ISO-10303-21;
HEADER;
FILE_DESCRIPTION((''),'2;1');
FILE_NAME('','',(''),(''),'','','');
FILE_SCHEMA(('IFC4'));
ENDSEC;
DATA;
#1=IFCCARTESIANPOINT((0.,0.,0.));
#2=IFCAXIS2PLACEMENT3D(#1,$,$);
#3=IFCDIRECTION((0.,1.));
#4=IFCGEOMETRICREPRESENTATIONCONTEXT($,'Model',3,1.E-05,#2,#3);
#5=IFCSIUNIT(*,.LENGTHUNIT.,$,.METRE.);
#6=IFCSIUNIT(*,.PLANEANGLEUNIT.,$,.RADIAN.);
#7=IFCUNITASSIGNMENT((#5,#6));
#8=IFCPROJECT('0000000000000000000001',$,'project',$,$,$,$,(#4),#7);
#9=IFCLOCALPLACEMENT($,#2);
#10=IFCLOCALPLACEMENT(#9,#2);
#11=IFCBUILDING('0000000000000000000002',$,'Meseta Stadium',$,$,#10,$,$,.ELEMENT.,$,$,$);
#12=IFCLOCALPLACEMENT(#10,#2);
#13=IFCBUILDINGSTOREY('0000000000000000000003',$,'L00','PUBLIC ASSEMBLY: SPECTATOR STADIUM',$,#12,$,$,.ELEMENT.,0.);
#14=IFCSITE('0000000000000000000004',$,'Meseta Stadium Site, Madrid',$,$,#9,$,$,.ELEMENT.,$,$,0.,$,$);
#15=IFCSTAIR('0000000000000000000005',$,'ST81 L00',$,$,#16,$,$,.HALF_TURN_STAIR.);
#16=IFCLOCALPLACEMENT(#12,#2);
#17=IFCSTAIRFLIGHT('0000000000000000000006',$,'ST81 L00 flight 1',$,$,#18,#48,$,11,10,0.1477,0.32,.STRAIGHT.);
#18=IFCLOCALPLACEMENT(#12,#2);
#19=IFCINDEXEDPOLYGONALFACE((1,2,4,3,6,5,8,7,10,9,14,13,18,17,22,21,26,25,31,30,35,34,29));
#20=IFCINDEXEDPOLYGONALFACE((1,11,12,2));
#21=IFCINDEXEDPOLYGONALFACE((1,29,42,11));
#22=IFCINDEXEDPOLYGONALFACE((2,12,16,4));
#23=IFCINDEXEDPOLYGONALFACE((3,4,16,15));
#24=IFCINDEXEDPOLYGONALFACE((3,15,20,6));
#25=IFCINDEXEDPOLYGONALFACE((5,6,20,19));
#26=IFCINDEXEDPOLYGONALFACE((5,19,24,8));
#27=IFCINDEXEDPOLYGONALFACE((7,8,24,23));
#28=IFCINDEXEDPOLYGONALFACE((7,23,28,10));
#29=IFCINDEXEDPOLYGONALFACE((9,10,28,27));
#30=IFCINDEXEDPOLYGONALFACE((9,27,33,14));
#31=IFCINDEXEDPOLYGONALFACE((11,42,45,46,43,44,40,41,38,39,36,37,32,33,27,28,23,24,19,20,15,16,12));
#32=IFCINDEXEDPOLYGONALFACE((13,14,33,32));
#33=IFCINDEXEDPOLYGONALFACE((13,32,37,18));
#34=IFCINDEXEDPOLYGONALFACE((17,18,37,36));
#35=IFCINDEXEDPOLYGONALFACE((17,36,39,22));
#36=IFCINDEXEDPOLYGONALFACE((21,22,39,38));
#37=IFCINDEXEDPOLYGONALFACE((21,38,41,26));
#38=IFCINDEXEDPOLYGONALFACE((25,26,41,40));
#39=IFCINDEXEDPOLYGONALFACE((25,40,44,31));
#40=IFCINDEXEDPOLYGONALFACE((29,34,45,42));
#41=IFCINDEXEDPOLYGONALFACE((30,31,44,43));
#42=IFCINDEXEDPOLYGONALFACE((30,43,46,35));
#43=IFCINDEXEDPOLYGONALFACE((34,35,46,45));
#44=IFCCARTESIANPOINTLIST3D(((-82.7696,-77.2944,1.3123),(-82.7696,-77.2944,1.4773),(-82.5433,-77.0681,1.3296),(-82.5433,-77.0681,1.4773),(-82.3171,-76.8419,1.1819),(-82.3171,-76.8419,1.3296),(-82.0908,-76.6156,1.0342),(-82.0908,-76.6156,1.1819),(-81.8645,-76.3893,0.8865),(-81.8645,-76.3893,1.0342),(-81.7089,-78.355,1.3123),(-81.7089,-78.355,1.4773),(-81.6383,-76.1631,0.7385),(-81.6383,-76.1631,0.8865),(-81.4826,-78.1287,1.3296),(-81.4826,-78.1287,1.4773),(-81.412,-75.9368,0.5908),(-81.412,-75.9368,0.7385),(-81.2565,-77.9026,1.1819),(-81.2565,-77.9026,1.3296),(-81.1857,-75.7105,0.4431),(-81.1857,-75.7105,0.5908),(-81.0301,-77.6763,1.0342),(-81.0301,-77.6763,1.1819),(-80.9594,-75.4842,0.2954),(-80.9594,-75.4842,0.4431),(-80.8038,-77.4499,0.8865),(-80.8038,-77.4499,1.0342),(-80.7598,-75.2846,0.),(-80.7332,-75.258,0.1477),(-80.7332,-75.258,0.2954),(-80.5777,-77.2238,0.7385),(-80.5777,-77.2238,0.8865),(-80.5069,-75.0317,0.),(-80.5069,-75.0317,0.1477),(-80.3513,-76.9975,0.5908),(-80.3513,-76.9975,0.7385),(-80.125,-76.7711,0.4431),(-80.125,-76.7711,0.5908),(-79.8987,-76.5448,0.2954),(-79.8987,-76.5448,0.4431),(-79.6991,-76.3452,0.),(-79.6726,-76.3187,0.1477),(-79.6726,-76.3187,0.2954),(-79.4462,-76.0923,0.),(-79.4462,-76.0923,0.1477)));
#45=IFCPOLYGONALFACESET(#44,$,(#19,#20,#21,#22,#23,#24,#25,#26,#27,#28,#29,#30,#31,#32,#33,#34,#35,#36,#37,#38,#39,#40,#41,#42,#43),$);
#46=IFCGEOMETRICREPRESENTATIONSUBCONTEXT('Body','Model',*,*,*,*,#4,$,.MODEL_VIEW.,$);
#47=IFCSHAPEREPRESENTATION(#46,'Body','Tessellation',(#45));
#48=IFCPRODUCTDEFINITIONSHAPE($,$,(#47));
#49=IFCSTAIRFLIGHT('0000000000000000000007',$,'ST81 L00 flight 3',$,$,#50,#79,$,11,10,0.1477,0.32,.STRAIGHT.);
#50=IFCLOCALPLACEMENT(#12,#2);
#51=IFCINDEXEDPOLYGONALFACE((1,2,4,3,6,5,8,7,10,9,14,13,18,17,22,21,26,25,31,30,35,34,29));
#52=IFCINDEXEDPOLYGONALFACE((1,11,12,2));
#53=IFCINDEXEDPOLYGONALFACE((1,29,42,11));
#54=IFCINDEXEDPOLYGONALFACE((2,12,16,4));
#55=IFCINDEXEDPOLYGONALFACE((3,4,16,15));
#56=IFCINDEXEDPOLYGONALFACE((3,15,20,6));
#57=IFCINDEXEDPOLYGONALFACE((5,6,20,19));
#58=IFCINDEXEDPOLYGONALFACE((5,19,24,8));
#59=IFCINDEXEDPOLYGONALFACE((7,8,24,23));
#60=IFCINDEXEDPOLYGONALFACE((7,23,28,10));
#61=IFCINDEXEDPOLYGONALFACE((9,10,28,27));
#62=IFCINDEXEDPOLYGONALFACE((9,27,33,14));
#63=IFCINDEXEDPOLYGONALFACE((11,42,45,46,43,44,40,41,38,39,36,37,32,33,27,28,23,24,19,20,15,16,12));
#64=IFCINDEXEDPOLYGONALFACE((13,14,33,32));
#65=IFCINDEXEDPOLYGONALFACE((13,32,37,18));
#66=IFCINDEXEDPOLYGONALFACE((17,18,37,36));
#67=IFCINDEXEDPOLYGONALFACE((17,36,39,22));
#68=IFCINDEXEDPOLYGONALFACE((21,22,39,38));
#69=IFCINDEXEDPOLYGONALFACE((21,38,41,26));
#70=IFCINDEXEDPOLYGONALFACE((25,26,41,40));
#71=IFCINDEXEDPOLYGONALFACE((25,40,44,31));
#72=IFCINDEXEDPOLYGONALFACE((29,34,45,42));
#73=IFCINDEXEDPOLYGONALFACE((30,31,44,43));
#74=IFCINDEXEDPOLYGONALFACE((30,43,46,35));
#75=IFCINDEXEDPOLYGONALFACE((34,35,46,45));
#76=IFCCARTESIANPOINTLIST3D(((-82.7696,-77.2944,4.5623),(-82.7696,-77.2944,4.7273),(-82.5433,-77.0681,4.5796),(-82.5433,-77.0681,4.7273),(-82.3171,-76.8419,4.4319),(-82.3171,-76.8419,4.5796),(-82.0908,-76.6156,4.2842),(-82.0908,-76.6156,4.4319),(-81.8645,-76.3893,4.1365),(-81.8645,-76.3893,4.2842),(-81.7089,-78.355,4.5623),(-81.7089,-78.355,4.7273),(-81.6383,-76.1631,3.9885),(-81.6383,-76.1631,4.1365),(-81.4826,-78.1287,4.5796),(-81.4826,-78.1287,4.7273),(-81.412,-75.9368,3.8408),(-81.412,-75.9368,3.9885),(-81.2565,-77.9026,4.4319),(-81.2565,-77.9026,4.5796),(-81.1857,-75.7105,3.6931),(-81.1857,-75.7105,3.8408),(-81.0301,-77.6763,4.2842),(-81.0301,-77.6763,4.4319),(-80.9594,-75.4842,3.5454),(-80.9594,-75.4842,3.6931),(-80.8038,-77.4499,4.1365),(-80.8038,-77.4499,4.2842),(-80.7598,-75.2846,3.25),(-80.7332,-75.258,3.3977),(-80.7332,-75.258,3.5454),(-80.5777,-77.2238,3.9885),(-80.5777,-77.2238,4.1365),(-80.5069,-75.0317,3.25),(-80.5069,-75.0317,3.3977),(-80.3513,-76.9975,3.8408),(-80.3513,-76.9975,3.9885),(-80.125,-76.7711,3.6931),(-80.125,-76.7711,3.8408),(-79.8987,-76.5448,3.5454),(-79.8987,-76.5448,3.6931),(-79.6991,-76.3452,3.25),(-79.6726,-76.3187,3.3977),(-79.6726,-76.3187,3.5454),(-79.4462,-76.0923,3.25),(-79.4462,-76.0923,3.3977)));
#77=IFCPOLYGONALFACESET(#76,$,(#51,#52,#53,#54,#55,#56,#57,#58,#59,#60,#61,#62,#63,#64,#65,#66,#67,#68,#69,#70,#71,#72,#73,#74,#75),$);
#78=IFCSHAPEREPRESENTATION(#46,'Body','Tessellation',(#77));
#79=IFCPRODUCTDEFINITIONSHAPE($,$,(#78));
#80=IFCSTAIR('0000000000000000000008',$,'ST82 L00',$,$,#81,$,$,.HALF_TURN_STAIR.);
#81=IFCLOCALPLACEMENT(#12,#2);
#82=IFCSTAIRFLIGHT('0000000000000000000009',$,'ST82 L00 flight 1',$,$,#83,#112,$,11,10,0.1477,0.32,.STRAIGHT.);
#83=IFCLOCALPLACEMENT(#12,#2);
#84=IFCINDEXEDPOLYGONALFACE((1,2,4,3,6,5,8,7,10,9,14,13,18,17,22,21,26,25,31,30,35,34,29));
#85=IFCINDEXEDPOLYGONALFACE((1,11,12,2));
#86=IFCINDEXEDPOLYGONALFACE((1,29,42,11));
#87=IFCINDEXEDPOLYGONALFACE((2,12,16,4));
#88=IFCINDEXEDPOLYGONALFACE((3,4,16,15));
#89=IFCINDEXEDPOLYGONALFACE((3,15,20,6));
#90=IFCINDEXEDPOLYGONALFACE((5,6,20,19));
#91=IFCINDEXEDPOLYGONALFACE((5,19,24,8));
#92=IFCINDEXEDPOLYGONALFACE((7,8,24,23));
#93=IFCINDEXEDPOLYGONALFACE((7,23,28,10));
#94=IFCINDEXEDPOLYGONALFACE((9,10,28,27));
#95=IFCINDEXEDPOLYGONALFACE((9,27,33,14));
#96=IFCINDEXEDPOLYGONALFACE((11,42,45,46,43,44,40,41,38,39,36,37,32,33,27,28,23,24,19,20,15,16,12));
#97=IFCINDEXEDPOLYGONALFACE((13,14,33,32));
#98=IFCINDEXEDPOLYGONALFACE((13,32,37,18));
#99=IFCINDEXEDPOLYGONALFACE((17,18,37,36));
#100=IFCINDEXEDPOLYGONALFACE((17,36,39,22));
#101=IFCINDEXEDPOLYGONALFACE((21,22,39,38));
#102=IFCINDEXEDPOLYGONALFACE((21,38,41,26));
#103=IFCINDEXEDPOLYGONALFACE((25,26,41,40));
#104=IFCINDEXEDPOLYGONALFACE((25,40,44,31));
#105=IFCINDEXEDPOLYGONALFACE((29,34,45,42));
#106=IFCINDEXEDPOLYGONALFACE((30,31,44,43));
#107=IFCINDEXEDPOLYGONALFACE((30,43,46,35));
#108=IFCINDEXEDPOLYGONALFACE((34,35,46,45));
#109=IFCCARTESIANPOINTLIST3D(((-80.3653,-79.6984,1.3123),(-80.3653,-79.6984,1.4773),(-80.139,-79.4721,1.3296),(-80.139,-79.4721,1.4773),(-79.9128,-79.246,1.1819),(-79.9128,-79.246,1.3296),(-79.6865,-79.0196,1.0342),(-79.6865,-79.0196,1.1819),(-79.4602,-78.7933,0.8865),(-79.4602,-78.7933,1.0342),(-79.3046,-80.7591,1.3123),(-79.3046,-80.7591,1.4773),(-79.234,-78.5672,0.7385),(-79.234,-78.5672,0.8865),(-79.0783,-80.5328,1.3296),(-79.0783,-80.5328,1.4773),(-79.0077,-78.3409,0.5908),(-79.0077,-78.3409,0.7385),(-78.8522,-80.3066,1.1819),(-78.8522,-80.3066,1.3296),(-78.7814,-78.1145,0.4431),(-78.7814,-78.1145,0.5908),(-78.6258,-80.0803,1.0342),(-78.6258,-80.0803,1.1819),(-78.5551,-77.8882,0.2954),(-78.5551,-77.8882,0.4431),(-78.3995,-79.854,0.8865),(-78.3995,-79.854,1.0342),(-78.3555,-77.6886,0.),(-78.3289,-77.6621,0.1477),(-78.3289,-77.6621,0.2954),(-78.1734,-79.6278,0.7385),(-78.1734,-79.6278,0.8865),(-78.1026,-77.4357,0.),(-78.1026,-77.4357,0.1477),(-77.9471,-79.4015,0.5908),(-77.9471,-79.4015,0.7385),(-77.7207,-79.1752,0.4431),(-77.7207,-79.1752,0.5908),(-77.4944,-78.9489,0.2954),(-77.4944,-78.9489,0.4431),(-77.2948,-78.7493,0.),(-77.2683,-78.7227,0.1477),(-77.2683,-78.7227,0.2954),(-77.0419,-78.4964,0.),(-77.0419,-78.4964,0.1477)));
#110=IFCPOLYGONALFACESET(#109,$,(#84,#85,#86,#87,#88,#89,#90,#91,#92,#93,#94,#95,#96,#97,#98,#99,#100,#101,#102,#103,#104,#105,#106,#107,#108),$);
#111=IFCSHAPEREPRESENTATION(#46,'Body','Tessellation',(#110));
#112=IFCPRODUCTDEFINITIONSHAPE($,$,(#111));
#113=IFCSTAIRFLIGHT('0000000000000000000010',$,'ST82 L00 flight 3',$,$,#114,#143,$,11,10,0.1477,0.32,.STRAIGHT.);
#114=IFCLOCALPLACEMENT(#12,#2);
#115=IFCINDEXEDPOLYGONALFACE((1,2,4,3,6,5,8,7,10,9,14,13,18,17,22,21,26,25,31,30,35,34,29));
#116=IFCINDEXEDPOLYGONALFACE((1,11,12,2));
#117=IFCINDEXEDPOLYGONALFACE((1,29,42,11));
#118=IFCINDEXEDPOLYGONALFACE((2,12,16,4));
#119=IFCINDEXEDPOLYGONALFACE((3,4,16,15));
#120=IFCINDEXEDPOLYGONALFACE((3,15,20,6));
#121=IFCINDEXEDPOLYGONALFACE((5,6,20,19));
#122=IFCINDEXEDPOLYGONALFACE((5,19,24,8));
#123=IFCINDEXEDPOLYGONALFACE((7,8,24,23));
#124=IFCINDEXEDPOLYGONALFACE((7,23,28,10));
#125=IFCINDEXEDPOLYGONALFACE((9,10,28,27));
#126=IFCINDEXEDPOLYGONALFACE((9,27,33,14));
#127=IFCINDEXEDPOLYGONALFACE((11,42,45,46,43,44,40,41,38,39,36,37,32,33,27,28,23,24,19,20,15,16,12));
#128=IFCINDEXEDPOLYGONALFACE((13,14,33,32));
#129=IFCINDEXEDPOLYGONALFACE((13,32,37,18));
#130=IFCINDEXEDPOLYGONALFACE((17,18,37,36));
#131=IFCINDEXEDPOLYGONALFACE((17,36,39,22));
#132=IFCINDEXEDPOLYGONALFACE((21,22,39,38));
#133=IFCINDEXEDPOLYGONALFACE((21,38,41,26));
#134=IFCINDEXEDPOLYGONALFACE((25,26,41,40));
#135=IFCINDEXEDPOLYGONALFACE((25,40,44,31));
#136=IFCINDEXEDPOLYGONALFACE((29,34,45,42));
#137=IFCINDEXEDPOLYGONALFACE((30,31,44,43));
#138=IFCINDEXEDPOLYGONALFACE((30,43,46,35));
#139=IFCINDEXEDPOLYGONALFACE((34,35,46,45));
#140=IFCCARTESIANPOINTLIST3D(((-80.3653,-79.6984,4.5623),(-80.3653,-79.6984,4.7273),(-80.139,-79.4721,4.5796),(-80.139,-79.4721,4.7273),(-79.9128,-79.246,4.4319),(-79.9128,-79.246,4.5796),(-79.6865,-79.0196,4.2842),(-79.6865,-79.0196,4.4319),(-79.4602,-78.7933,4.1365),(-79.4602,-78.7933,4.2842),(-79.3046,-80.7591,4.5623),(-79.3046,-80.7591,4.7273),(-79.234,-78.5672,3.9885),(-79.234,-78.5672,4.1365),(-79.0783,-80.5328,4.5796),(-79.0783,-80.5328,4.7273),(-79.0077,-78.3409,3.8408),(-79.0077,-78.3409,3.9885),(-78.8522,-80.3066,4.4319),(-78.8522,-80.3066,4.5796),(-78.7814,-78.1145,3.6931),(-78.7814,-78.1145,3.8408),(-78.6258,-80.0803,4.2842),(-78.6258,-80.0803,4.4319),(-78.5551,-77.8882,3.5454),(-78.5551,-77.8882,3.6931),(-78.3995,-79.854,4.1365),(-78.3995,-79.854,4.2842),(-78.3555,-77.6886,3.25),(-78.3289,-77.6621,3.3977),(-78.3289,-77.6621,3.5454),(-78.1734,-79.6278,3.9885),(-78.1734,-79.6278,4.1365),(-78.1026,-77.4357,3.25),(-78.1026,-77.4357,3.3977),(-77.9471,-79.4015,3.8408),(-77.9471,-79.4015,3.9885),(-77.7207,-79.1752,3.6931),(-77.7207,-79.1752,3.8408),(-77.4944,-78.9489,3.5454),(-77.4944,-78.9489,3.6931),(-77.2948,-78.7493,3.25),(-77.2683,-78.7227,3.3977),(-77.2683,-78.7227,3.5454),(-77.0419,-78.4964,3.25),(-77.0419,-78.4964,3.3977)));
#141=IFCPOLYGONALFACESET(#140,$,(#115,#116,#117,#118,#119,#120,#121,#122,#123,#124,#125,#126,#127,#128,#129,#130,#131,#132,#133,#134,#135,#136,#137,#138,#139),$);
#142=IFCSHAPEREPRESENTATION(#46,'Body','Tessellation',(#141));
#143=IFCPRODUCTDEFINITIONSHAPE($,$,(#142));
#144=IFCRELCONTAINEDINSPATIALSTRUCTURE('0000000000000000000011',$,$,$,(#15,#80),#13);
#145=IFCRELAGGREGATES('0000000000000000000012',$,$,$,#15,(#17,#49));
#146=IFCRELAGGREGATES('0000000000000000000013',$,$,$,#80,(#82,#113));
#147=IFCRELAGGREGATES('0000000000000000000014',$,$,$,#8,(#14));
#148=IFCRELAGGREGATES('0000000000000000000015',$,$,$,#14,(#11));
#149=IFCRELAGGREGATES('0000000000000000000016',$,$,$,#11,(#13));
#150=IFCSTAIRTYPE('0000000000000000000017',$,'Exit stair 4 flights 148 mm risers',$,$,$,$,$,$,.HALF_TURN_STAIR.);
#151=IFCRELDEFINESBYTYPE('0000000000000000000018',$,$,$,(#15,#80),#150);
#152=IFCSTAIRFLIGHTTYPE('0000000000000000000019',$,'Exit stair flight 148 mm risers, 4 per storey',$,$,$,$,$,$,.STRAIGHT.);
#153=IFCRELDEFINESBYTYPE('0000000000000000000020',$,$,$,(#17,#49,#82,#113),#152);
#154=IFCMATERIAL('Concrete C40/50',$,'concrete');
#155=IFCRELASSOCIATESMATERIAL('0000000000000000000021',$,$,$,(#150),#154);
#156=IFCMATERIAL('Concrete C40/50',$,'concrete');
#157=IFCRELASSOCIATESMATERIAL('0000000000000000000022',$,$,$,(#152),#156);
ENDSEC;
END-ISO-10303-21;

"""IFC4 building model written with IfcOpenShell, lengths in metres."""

from ifc_helpers import new_model, si_unit, direction, frame, origin, place, context, subcontext, project, spatial, polyline, outline, extrude, material, type_object, element, aggregate, save


model = new_model("IFC4")

# Units and contexts
model_context = context("Model", 3, precision=1e-05, world=origin(), true_north=direction((0.0, 1.0)))
body_context = subcontext(model_context, "Body", "Model", "MODEL_VIEW")
ifc_project = project(units=[si_unit("LENGTHUNIT", "METRE"), si_unit("PLANEANGLEUNIT", "RADIAN")], contexts=[model_context])

# Site, building, storey
site_placement = place(None, origin())
site = spatial("IfcSite", under=ifc_project, at=site_placement, Name="Meseta Stadium Site, Madrid", CompositionType="ELEMENT", RefElevation=0.0)
building_placement = place(site_placement, origin())
building = spatial("IfcBuilding", under=site, at=building_placement, Name="Meseta Stadium", CompositionType="ELEMENT")
storey_placement = place(building_placement, origin())
storey = spatial("IfcBuildingStorey", under=building, at=storey_placement, Name="L00", Description="PUBLIC ASSEMBLY: SPECTATOR STADIUM", CompositionType="ELEMENT", Elevation=0.0)

# Stairs, stair flights
ifc_material_1 = material(Name="Concrete C40/50", Category="concrete")
stair_type = type_object("IfcStairType", Name="Exit stair 4 flights 148 mm risers", PredefinedType="HALF_TURN_STAIR", material=ifc_material_1)
stair_1_placement = place(storey_placement, origin())
stair_1 = element("IfcStair", 1, at=stair_1_placement, inside=storey, type_object=stair_type, Name="ST81 L00", PredefinedType="HALF_TURN_STAIR")
ifc_material_2 = material(Name="Concrete C40/50", Category="concrete")
stair_flight_type = type_object("IfcStairFlightType", Name="Exit stair flight 148 mm risers, 4 per storey", PredefinedType="STRAIGHT", material=ifc_material_2)
stair_flight_1_placement = place(storey_placement, frame((-79.9766, -75.562, 0.0), z_axis=(0.0, 0.0, 1.0), x_axis=(-0.707107, -0.707107, 0.0)))
stair_flight_1 = element("IfcStairFlight", 2, at=stair_flight_1_placement, type_object=stair_flight_type, Name="ST81 L00 flight 1", NumberOfRisers=11, NumberOfTreads=10, PredefinedType="STRAIGHT", RiserHeight=0.1477, TreadLength=0.32, context=body_context, shape_type="SweptSolid", body=[
    extrude(outline(polyline([(0.0, 0.0), (0.0, 0.1477), (0.3201, 0.1477), (0.3201, 0.2954), (0.6399, 0.2954), (0.6399, 0.4431), (0.96, 0.4431), (0.96, 0.5908), (1.28, 0.5908), (1.28, 0.7385), (1.6001, 0.7385), (1.6001, 0.8865), (1.9199, 0.8865), (1.9199, 1.0342), (2.24, 1.0342), (2.24, 1.1819), (2.5601, 1.1819), (2.5601, 1.3296), (2.8799, 1.3296), (2.8799, 1.4773), (3.2, 1.4773), (3.2, 1.3123), (0.3577, 0.0), (0.0, 0.0)])), frame((0.0, 0.75, 0.0), z_axis=(0.0, -1.0, 0.0), x_axis=(1.0, 0.0, 0.0)), (0.0, 0.0, 1.0), 1.5),
])
stair_flight_2_placement = place(storey_placement, frame((-79.9766, -75.562, 3.25), z_axis=(0.0, 0.0, 1.0), x_axis=(-0.707107, -0.707107, 0.0)))
stair_flight_2 = element("IfcStairFlight", 3, at=stair_flight_2_placement, type_object=stair_flight_type, Name="ST81 L00 flight 3", NumberOfRisers=11, NumberOfTreads=10, PredefinedType="STRAIGHT", RiserHeight=0.1477, TreadLength=0.32, context=body_context, shape_type="SweptSolid", body=[
    extrude(outline(polyline([(0.0, 0.0), (0.0, 0.1477), (0.3201, 0.1477), (0.3201, 0.2954), (0.6399, 0.2954), (0.6399, 0.4431), (0.96, 0.4431), (0.96, 0.5908), (1.28, 0.5908), (1.28, 0.7385), (1.6001, 0.7385), (1.6001, 0.8865), (1.9199, 0.8865), (1.9199, 1.0342), (2.24, 1.0342), (2.24, 1.1819), (2.5601, 1.1819), (2.5601, 1.3296), (2.8799, 1.3296), (2.8799, 1.4773), (3.2, 1.4773), (3.2, 1.3123), (0.3577, 0.0), (0.0, 0.0)])), frame((0.0, 0.75, 0.0), z_axis=(0.0, -1.0, 0.0), x_axis=(1.0, 0.0, 0.0)), (0.0, 0.0, 1.0), 1.5),
])
aggregate(stair_1, [stair_flight_1, stair_flight_2])
stair_2_placement = place(storey_placement, origin())
stair_2 = element("IfcStair", 4, at=stair_2_placement, inside=storey, type_object=stair_type, Name="ST82 L00", PredefinedType="HALF_TURN_STAIR")
stair_flight_3_placement = place(storey_placement, frame((-77.5723, -77.9661, 0.0), z_axis=(0.0, 0.0, 1.0), x_axis=(-0.707107, -0.707107, 0.0)))
stair_flight_3 = element("IfcStairFlight", 5, at=stair_flight_3_placement, type_object=stair_flight_type, Name="ST82 L00 flight 1", NumberOfRisers=11, NumberOfTreads=10, PredefinedType="STRAIGHT", RiserHeight=0.1477, TreadLength=0.32, context=body_context, shape_type="SweptSolid", body=[
    extrude(outline(polyline([(0.0, 0.0), (0.0, 0.1477), (0.3201, 0.1477), (0.3201, 0.2954), (0.6399, 0.2954), (0.6399, 0.4431), (0.96, 0.4431), (0.96, 0.5908), (1.28, 0.5908), (1.28, 0.7385), (1.6001, 0.7385), (1.6001, 0.8865), (1.9199, 0.8865), (1.9199, 1.0342), (2.24, 1.0342), (2.24, 1.1819), (2.5601, 1.1819), (2.5601, 1.3296), (2.8799, 1.3296), (2.8799, 1.4773), (3.2, 1.4773), (3.2, 1.3123), (0.3577, 0.0), (0.0, 0.0)])), frame((0.0, 0.75, 0.0), z_axis=(0.0, -1.0, 0.0), x_axis=(1.0, 0.0, 0.0)), (0.0, 0.0, 1.0), 1.5),
])
stair_flight_4_placement = place(storey_placement, frame((-77.5723, -77.9661, 3.25), z_axis=(0.0, 0.0, 1.0), x_axis=(-0.707107, -0.707107, 0.0)))
stair_flight_4 = element("IfcStairFlight", 6, at=stair_flight_4_placement, type_object=stair_flight_type, Name="ST82 L00 flight 3", NumberOfRisers=11, NumberOfTreads=10, PredefinedType="STRAIGHT", RiserHeight=0.1477, TreadLength=0.32, context=body_context, shape_type="SweptSolid", body=[
    extrude(outline(polyline([(0.0, 0.0), (0.0, 0.1477), (0.3201, 0.1477), (0.3201, 0.2954), (0.6399, 0.2954), (0.6399, 0.4431), (0.96, 0.4431), (0.96, 0.5908), (1.28, 0.5908), (1.28, 0.7385), (1.6001, 0.7385), (1.6001, 0.8865), (1.9199, 0.8865), (1.9199, 1.0342), (2.24, 1.0342), (2.24, 1.1819), (2.5601, 1.1819), (2.5601, 1.3296), (2.8799, 1.3296), (2.8799, 1.4773), (3.2, 1.4773), (3.2, 1.3123), (0.3577, 0.0), (0.0, 0.0)])), frame((0.0, 0.75, 0.0), z_axis=(0.0, -1.0, 0.0), x_axis=(1.0, 0.0, 0.0)), (0.0, 0.0, 1.0), 1.5),
])
aggregate(stair_2, [stair_flight_3, stair_flight_4])

save(model, "model.ifc")
